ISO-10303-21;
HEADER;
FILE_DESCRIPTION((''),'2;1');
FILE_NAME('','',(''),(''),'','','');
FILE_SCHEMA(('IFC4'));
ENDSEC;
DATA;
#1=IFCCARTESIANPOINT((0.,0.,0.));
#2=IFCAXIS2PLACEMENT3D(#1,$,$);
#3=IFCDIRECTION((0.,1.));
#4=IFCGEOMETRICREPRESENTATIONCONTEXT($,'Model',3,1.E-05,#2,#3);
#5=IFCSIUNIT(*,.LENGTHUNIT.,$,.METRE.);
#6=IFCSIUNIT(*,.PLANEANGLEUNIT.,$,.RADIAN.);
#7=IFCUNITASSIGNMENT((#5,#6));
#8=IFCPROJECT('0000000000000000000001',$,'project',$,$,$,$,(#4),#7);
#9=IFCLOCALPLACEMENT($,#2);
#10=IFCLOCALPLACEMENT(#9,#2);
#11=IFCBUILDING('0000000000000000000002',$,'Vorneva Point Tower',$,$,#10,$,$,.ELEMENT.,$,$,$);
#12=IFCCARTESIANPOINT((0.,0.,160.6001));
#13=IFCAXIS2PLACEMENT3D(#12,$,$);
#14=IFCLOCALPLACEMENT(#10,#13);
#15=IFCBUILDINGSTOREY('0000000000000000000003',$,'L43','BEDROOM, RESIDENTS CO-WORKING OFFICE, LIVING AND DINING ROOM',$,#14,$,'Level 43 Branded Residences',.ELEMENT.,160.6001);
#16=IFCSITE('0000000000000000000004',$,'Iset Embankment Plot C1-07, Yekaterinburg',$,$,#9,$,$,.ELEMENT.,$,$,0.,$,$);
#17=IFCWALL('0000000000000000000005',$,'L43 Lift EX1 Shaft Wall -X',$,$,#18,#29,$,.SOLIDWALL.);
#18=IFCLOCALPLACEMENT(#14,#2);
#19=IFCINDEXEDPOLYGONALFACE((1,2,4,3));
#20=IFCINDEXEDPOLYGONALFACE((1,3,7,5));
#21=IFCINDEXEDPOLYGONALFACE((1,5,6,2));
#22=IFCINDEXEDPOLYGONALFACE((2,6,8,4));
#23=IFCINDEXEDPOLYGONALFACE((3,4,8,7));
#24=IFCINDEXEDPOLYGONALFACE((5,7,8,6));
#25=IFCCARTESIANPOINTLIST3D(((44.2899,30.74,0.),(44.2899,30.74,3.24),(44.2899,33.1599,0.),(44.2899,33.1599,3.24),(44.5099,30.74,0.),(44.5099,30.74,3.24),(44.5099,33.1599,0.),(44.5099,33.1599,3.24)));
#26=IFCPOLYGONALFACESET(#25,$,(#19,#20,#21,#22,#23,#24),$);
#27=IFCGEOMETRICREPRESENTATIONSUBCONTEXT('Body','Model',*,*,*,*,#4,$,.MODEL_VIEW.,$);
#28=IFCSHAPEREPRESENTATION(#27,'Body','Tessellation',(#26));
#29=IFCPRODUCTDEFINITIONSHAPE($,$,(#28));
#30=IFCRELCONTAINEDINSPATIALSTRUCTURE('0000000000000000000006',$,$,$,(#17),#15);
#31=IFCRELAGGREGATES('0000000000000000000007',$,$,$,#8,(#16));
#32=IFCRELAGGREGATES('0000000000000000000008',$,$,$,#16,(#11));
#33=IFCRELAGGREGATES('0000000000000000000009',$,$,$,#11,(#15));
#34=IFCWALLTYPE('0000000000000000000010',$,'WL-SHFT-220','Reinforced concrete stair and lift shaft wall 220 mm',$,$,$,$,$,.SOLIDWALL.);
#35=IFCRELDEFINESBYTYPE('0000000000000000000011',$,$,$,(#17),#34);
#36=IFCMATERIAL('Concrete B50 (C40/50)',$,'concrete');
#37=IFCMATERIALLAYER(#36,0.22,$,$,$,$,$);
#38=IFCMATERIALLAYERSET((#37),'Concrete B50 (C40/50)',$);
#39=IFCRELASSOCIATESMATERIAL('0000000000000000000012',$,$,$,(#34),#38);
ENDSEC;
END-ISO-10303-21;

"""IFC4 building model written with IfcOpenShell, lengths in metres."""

from ifc_helpers import new_model, si_unit, direction, frame, frame_2d, origin, place, context, subcontext, project, spatial, rectangle, extrude, material, layer, layer_set, type_object, element, save


model = new_model("IFC4")

# Units and contexts
model_context = context("Model", 3, precision=1e-05, world=origin(), true_north=direction((0.0, 1.0)))
body_context = subcontext(model_context, "Body", "Model", "MODEL_VIEW")
ifc_project = project(units=[si_unit("LENGTHUNIT", "METRE"), si_unit("PLANEANGLEUNIT", "RADIAN")], contexts=[model_context])

# Site, building, storey
site_placement = place(None, origin())
site = spatial("IfcSite", under=ifc_project, at=site_placement, Name="Iset Embankment Plot C1-07, Yekaterinburg", CompositionType="ELEMENT", RefElevation=0.0)
building_placement = place(site_placement, origin())
building = spatial("IfcBuilding", under=site, at=building_placement, Name="Vorneva Point Tower", CompositionType="ELEMENT")
storey_placement = place(building_placement, frame((0.0, 0.0, 160.6001)))
storey = spatial("IfcBuildingStorey", under=building, at=storey_placement, Name="L43", Description="BEDROOM, RESIDENTS CO-WORKING OFFICE, LIVING AND DINING ROOM", LongName="Level 43 Branded Residences", CompositionType="ELEMENT", Elevation=160.6001)

# Wall
ifc_material_1 = material(Name="Concrete B50 (C40/50)", Category="concrete")
ifc_layer_1 = layer(ifc_material_1, 0.22)
ifc_layer_set_1 = layer_set([ifc_layer_1], Name="Concrete B50 (C40/50)")
wall_type_1 = type_object("IfcWallType", Name="WL-SHFT-220", Description="Reinforced concrete stair and lift shaft wall 220 mm", PredefinedType="SOLIDWALL", material=ifc_layer_set_1)
for number, where, z_axis, x_axis, name in (
    (1, (44.3999, 33.1599, 0.0), (0.0, 0.0, 1.0), (0.0, -1.0, 0.0), "L43 Lift EX1 Shaft Wall -X"),
):
    element("IfcWall", number, at=place(storey_placement, frame(where, z_axis=z_axis, x_axis=x_axis)), inside=storey, type_object=wall_type_1, Name=name, PredefinedType="SOLIDWALL", context=body_context, shape_type="SweptSolid", body=[
        extrude(rectangle(XDim=2.4199, YDim=0.22, at=frame_2d((1.21, 0.0))), origin(), (0.0, 0.0, 1.0), 3.24),
    ])

save(model, "model.ifc")
